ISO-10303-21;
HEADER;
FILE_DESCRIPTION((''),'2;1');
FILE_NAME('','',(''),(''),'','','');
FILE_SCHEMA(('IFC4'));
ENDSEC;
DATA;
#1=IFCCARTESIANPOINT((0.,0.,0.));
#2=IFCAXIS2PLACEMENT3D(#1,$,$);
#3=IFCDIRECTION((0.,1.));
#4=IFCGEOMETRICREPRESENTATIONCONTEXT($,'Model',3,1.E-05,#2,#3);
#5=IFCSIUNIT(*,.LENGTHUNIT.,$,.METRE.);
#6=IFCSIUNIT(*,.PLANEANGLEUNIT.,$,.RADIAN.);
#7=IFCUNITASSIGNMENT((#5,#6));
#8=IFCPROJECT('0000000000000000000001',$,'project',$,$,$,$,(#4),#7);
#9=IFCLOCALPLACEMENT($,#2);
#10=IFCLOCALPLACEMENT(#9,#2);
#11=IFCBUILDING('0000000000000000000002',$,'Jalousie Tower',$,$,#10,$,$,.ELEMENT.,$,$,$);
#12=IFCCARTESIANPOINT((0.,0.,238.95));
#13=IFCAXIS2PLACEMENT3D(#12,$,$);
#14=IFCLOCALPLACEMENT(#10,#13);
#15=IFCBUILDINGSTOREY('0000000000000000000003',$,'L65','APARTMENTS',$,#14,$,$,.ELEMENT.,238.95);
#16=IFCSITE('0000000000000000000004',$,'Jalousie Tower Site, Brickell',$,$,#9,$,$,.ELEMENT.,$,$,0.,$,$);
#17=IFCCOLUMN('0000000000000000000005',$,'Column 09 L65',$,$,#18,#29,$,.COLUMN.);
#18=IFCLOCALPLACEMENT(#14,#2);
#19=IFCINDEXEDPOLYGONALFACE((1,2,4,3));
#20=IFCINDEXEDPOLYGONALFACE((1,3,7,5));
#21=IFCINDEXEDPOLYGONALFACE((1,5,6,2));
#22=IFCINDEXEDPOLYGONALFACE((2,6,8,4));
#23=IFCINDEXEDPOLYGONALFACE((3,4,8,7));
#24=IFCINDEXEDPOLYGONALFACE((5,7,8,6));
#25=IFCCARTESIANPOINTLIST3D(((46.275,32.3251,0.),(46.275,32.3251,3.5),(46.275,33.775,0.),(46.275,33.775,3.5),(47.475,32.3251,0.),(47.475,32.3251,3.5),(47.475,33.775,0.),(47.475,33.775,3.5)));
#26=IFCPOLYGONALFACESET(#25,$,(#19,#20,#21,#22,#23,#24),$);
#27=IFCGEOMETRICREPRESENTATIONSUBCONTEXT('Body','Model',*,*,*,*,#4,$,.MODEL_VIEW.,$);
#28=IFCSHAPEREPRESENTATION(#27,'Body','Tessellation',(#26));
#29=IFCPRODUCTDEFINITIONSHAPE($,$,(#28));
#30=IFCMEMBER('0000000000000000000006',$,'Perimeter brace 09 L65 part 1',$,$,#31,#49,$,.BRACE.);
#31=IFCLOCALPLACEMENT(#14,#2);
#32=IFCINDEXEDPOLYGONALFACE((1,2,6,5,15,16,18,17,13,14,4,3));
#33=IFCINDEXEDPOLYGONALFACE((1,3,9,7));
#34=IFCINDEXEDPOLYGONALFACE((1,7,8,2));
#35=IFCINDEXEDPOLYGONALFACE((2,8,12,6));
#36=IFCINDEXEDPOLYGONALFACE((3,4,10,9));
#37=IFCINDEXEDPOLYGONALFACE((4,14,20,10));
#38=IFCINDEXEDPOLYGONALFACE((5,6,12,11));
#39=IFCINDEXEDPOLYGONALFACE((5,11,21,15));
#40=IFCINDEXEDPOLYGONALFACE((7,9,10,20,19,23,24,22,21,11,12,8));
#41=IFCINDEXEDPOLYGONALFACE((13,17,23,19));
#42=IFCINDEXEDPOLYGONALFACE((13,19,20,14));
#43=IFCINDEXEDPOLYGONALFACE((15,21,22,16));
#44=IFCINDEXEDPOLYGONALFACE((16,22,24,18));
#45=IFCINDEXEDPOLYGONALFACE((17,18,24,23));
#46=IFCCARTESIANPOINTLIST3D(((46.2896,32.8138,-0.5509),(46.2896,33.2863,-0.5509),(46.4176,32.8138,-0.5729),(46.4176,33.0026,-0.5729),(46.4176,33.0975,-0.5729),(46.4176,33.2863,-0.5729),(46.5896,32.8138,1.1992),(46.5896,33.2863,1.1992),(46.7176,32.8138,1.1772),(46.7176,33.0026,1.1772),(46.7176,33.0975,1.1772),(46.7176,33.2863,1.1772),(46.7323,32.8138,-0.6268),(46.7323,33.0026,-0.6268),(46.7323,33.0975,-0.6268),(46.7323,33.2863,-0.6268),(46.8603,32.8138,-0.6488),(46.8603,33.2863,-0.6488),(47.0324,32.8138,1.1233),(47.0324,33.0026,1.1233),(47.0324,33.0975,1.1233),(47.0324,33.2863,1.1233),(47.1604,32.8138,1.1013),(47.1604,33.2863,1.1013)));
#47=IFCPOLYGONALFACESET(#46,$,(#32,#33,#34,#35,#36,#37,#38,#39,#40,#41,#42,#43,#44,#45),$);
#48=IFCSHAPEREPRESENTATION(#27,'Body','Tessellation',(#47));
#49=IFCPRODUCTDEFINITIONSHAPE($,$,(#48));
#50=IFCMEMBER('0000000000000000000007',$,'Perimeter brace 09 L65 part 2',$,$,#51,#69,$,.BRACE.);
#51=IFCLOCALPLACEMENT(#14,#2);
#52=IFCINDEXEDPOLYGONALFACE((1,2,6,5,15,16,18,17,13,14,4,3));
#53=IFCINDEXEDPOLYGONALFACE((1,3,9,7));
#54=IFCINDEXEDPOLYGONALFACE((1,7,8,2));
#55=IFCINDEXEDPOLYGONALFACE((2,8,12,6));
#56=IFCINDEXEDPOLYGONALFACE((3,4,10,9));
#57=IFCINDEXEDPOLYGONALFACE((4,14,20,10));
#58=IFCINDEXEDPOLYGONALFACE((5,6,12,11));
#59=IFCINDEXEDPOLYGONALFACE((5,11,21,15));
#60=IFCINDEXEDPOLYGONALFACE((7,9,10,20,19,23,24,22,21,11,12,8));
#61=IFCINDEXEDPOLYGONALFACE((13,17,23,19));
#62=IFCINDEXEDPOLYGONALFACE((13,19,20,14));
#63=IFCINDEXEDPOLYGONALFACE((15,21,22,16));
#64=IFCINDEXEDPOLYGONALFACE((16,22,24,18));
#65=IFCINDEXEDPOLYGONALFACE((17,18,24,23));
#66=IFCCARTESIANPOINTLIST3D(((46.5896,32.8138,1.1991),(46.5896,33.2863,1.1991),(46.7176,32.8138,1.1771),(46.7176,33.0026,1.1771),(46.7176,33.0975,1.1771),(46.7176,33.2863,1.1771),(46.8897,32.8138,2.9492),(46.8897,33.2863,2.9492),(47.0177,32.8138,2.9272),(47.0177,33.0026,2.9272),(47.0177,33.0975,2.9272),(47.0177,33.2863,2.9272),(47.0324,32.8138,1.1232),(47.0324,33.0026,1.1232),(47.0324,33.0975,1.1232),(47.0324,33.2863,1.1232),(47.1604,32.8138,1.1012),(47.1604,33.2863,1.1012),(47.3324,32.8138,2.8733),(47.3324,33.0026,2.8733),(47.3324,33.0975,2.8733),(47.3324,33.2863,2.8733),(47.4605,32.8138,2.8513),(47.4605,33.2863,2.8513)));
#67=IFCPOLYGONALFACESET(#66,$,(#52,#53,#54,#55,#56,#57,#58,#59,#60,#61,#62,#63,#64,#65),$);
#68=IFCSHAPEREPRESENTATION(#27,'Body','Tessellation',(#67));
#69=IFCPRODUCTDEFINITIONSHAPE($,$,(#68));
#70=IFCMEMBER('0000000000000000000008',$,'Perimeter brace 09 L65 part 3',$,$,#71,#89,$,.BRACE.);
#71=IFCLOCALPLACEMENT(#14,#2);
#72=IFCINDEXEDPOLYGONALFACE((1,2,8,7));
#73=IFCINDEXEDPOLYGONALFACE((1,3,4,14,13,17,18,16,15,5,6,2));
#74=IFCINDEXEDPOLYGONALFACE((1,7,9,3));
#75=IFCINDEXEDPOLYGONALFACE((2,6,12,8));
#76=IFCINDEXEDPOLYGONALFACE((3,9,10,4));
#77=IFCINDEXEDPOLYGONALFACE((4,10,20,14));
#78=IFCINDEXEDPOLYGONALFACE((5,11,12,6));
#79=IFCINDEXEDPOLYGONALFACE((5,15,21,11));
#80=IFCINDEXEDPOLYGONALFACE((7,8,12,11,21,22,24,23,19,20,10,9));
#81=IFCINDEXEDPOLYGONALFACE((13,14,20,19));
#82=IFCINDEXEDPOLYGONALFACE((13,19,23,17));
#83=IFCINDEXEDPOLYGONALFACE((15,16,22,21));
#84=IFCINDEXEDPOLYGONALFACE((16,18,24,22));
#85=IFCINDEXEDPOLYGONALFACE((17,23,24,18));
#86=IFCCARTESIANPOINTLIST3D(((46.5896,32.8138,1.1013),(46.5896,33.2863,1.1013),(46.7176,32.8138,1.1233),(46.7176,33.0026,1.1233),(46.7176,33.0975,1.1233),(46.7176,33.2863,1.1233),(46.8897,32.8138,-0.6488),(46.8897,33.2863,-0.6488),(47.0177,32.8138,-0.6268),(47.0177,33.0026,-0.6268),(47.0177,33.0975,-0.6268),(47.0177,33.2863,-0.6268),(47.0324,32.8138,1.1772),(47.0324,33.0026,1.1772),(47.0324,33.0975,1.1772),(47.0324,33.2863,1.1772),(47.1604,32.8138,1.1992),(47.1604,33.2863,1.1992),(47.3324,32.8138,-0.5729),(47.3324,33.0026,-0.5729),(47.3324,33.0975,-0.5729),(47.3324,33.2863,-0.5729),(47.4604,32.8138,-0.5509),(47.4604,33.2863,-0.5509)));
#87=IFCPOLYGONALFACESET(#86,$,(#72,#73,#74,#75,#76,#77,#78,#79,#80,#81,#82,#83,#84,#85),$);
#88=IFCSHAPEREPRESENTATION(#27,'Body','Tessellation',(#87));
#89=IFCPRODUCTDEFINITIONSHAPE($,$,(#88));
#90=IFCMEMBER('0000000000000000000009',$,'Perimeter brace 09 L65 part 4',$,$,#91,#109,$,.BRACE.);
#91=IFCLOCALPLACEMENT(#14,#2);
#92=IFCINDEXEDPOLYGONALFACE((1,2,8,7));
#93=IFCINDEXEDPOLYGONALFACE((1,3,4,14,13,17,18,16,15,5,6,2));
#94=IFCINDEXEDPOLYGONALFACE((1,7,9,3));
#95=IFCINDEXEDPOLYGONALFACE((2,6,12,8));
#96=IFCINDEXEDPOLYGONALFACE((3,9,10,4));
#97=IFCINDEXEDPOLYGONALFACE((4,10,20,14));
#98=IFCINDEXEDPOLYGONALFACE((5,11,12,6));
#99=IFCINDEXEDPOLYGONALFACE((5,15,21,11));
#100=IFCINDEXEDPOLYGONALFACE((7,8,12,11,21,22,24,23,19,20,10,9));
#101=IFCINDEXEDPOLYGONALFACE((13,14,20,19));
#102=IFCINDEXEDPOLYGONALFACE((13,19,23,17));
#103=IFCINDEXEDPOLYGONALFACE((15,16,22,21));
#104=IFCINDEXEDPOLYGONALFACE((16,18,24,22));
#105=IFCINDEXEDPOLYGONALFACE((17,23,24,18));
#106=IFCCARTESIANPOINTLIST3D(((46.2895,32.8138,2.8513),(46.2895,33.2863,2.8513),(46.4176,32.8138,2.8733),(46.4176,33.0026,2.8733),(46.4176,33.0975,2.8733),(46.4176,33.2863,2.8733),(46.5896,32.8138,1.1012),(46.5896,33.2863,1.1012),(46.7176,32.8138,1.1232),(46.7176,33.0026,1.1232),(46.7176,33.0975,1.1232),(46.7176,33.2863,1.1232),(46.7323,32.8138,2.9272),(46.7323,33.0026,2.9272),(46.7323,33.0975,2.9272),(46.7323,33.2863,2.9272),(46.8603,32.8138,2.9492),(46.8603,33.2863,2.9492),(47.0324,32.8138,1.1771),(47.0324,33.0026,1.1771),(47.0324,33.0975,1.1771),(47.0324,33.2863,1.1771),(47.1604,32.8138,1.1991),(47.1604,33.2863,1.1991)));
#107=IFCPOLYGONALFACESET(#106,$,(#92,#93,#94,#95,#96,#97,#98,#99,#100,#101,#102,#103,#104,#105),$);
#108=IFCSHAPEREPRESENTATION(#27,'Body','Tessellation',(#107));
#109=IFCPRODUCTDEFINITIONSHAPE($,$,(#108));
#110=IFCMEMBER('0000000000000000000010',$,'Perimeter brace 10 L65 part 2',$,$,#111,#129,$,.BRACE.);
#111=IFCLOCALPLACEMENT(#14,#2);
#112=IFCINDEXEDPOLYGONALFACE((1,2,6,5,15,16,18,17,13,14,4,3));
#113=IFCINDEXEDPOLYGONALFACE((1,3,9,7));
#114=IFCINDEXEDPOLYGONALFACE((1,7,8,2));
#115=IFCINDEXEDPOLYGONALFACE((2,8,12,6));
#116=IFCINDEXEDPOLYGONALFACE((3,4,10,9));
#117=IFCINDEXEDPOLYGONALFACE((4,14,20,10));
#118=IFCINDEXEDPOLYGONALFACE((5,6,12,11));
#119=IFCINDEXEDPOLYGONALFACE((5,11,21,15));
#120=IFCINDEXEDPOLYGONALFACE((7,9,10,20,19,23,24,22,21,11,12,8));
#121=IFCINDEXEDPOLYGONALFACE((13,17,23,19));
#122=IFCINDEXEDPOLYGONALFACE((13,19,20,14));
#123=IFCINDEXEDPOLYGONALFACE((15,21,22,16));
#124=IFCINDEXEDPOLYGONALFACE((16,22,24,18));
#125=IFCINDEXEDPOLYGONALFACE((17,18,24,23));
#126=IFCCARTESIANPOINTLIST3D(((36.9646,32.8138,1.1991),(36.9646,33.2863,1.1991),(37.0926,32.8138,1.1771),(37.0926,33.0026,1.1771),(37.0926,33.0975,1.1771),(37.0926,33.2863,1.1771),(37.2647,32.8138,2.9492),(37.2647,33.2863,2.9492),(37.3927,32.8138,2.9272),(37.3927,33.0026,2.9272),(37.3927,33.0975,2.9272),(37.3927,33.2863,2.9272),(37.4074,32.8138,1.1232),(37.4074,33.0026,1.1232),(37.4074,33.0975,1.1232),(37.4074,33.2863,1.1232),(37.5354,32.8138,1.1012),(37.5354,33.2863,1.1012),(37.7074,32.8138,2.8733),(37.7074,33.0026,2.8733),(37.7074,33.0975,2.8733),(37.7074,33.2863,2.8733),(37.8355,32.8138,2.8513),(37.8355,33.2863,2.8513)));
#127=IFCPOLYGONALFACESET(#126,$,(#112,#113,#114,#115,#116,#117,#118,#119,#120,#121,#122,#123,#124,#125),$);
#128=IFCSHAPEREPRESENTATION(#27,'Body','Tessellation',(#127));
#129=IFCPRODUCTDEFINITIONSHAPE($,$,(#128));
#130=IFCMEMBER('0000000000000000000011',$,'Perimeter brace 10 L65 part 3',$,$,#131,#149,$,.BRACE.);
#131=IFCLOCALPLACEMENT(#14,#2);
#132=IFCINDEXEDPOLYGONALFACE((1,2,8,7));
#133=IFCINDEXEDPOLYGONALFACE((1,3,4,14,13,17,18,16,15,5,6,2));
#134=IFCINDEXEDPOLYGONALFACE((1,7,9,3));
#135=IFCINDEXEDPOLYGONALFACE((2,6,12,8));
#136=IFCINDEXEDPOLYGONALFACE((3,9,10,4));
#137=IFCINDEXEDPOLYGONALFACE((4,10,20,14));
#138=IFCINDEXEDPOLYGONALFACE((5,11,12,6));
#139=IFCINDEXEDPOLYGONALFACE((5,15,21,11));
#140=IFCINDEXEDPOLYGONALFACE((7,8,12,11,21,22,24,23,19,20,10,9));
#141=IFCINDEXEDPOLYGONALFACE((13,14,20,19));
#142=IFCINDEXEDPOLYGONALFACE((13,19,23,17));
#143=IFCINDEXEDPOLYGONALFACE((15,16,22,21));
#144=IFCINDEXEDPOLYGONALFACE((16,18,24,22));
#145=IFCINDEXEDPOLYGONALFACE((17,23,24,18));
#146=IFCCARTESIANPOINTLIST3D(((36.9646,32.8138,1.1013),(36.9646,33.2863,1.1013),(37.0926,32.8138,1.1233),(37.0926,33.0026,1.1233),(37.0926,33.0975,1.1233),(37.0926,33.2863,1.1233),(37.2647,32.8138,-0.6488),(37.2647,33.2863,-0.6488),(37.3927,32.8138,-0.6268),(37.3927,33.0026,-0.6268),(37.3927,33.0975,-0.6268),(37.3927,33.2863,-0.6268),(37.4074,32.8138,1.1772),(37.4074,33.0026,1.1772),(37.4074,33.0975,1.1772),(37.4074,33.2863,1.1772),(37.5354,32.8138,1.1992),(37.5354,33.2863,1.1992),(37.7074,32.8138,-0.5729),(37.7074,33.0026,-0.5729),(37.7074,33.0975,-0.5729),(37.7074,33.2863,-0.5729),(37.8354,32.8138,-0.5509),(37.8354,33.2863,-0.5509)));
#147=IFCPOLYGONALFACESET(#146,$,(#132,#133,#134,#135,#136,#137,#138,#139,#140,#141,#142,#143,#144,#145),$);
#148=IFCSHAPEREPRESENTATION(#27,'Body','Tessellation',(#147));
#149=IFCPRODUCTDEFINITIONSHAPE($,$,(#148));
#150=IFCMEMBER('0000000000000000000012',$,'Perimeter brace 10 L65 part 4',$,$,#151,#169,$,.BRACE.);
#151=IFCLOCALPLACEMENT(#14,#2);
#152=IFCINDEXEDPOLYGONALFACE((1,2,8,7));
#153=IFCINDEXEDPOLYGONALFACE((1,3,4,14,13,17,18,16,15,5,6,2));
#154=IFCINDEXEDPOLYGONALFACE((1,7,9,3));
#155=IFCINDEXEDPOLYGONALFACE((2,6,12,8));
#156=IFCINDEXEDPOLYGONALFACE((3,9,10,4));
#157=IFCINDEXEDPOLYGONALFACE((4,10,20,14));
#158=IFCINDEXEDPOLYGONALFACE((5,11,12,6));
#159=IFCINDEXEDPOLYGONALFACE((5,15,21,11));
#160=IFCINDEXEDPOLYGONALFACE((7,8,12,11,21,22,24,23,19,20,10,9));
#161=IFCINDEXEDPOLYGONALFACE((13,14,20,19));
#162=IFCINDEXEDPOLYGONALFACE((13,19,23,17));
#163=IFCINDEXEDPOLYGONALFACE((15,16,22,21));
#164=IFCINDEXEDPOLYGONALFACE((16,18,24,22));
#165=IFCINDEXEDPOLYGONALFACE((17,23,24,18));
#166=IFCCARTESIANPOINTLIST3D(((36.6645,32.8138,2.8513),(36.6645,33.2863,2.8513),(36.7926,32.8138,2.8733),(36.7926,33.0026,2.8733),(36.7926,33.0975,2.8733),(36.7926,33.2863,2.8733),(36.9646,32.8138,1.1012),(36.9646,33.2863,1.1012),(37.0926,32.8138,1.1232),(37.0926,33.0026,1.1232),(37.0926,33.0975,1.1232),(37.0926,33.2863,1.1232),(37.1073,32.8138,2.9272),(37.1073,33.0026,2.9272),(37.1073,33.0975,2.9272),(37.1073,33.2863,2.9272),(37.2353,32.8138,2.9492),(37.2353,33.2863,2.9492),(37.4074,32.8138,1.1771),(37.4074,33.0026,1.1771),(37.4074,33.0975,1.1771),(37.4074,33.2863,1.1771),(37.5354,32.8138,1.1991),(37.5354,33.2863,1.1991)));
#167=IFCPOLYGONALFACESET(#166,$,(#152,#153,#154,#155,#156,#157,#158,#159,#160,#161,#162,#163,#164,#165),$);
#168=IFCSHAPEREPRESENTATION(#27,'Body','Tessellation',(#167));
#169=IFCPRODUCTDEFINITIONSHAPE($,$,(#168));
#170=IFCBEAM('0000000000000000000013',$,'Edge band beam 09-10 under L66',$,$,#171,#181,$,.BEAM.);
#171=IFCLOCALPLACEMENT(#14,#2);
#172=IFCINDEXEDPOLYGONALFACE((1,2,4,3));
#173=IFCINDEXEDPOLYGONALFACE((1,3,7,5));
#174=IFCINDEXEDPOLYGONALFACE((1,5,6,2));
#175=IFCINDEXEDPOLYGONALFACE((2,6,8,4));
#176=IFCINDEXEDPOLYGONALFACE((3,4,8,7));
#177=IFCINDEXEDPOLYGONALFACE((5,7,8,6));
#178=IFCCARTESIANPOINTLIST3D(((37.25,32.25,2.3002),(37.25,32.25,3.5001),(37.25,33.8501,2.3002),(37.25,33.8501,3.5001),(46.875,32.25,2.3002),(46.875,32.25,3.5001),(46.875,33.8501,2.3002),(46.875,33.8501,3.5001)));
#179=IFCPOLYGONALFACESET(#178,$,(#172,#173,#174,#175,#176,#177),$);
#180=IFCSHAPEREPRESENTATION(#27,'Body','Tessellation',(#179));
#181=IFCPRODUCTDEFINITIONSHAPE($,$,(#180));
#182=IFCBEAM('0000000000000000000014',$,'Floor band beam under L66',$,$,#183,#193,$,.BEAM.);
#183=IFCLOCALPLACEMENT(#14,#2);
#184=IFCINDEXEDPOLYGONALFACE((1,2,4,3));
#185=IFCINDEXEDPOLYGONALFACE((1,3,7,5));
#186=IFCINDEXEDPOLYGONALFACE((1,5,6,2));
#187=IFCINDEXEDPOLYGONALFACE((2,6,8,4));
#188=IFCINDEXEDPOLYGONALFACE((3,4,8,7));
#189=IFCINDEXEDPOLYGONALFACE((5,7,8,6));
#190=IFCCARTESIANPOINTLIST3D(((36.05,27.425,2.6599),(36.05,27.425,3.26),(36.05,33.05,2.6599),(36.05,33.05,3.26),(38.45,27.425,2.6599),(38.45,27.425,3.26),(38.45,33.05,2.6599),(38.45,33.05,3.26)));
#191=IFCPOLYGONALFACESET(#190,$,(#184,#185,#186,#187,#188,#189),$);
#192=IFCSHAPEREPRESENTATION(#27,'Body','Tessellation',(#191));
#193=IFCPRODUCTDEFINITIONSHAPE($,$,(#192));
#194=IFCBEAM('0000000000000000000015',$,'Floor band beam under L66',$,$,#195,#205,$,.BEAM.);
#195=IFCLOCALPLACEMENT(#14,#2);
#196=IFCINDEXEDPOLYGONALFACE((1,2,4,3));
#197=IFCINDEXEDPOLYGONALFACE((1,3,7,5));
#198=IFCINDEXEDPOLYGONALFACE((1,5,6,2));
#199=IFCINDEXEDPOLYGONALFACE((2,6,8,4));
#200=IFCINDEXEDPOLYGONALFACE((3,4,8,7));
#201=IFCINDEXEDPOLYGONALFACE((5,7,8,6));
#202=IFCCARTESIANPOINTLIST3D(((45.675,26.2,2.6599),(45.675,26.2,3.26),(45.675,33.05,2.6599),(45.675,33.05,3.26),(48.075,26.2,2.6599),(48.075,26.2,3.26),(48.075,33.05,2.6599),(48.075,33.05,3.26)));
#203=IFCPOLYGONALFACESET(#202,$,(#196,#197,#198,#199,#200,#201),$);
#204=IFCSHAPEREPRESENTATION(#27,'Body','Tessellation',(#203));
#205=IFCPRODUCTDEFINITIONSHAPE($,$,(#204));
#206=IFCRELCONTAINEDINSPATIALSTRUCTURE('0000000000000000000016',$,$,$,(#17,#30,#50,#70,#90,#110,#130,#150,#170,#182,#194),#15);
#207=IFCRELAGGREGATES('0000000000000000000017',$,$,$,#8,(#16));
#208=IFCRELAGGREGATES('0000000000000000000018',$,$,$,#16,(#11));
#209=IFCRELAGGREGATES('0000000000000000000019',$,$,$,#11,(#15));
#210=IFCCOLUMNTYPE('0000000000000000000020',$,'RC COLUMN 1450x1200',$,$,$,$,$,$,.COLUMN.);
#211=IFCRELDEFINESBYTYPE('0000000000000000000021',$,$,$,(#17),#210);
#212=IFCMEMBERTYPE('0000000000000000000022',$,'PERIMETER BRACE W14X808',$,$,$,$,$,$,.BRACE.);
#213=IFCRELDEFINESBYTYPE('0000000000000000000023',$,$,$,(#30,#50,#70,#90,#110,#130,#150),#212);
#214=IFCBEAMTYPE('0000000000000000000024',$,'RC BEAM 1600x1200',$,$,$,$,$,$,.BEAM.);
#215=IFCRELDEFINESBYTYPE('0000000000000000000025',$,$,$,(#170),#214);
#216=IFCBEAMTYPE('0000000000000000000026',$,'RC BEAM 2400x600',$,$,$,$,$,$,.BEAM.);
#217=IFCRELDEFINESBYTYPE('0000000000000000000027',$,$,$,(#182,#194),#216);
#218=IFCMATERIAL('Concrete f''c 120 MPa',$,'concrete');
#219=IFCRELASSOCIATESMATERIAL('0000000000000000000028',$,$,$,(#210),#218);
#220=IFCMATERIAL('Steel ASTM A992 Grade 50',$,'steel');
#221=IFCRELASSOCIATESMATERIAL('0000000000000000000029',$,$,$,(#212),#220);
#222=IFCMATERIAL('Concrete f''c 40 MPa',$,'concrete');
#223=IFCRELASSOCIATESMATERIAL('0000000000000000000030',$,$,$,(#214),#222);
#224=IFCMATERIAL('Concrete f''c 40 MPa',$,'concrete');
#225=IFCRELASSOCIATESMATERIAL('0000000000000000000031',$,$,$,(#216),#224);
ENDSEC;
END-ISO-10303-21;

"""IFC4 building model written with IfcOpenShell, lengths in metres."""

from ifc_helpers import new_model, si_unit, direction, frame, origin, origin_2d, place, context, subcontext, project, spatial, rectangle, i_section, extrude, material, material_profile, profile_set, type_object, element, save


model = new_model("IFC4")

# Units and contexts
model_context = context("Model", 3, precision=1e-05, world=origin(), true_north=direction((0.0, 1.0)))
body_context = subcontext(model_context, "Body", "Model", "MODEL_VIEW")
ifc_project = project(units=[si_unit("LENGTHUNIT", "METRE"), si_unit("PLANEANGLEUNIT", "RADIAN")], contexts=[model_context])

# Site, building, storey
site_placement = place(None, origin())
site = spatial("IfcSite", under=ifc_project, at=site_placement, Name="Jalousie Tower Site, Brickell", CompositionType="ELEMENT", RefElevation=0.0)
building_placement = place(site_placement, origin())
building = spatial("IfcBuilding", under=site, at=building_placement, Name="Jalousie Tower", CompositionType="ELEMENT")
storey_placement = place(building_placement, frame((0.0, 0.0, 238.95)))
storey = spatial("IfcBuildingStorey", under=building, at=storey_placement, Name="L65", Description="APARTMENTS", CompositionType="ELEMENT", Elevation=238.95)

# Column
ifc_material_1 = material(Name="Concrete f'c 120 MPa", Category="concrete")
ifc_material_profile_1 = material_profile(ifc_material_1, rectangle(XDim=1.45, YDim=1.2, at=origin_2d()), Name="RC 1450x1200")
ifc_profile_set_1 = profile_set([ifc_material_profile_1], Name="Concrete f'c 120 MPa")
column_type = type_object("IfcColumnType", Name="RC COLUMN 1450x1200", PredefinedType="COLUMN", material=ifc_profile_set_1)
column_placement = place(storey_placement, frame((46.875, 33.05, 0.0), z_axis=(0.0, 0.0, 1.0), x_axis=(0.0, 1.0, 0.0)))
element("IfcColumn", 1, at=column_placement, inside=storey, type_object=column_type, Name="Column 09 L65", PredefinedType="COLUMN", context=body_context, shape_type="SweptSolid", body=[
    extrude(rectangle(XDim=1.45, YDim=1.2, at=origin_2d()), origin(), (0.0, 0.0, 1.0), 3.5),
])

# Members
ifc_material_2 = material(Name="Steel ASTM A992 Grade 50", Category="steel")
ifc_material_profile_2 = material_profile(ifc_material_2, i_section(OverallWidth=0.4724, OverallDepth=0.5791, WebThickness=0.095, FlangeThickness=0.1299, at=origin_2d()), Name="W14X808")
ifc_profile_set_2 = profile_set([ifc_material_profile_2], Name="Steel ASTM A992 Grade 50")
member_type_1 = type_object("IfcMemberType", Name="PERIMETER BRACE W14X808", PredefinedType="BRACE", material=ifc_profile_set_2)
for number, where, z_axis, x_axis, name in (
    (2, (46.575, 33.05, -0.5999), (0.168991, 0.0, 0.985618), (0.0, 1.0, 0.0), "Perimeter brace 09 L65 part 1"),
    (3, (46.875, 33.05, 1.1501), (0.168991, 0.0, 0.985618), (0.0, 1.0, 0.0), "Perimeter brace 09 L65 part 2"),
    (4, (47.175, 33.05, -0.5999), (-0.168991, 0.0, 0.985618), (0.0, -1.0, 0.0), "Perimeter brace 09 L65 part 3"),
    (5, (46.875, 33.05, 1.1501), (-0.168991, 0.0, 0.985618), (0.0, -1.0, 0.0), "Perimeter brace 09 L65 part 4"),
    (6, (37.25, 33.05, 1.1501), (0.168991, 0.0, 0.985618), (0.0, 1.0, 0.0), "Perimeter brace 10 L65 part 2"),
    (7, (37.55, 33.05, -0.5999), (-0.168991, 0.0, 0.985618), (0.0, -1.0, 0.0), "Perimeter brace 10 L65 part 3"),
    (8, (37.25, 33.05, 1.1501), (-0.168991, 0.0, 0.985618), (0.0, -1.0, 0.0), "Perimeter brace 10 L65 part 4"),
):
    element("IfcMember", number, at=place(storey_placement, frame(where, z_axis=z_axis, x_axis=x_axis)), inside=storey, type_object=member_type_1, Name=name, PredefinedType="BRACE", context=body_context, shape_type="SweptSolid", body=[
        extrude(i_section(OverallWidth=0.4724, OverallDepth=0.5791, WebThickness=0.095, FlangeThickness=0.1299, at=origin_2d()), origin(), (0.0, 0.0, 1.0), 1.7756),
    ])

# Beams
ifc_material_3 = material(Name="Concrete f'c 40 MPa", Category="concrete")
ifc_material_profile_3 = material_profile(ifc_material_3, rectangle(XDim=1.6001, YDim=1.2, at=origin_2d()), Name="RC 1600x1200")
ifc_profile_set_3 = profile_set([ifc_material_profile_3], Name="Concrete f'c 40 MPa")
beam_type_1 = type_object("IfcBeamType", Name="RC BEAM 1600x1200", PredefinedType="BEAM", material=ifc_profile_set_3)
beam_1_placement = place(storey_placement, frame((46.875, 33.05, 2.9001), z_axis=(-1.0, 0.0, 0.0), x_axis=(0.0, -1.0, 0.0)))
element("IfcBeam", 9, at=beam_1_placement, inside=storey, type_object=beam_type_1, Name="Edge band beam 09-10 under L66", PredefinedType="BEAM", context=body_context, shape_type="SweptSolid", body=[
    extrude(rectangle(XDim=1.6001, YDim=1.2, at=origin_2d()), origin(), (0.0, 0.0, 1.0), 9.625),
])
ifc_material_4 = material(Name="Concrete f'c 40 MPa", Category="concrete")
ifc_material_profile_4 = material_profile(ifc_material_4, rectangle(XDim=2.3999, YDim=0.6001, at=origin_2d()), Name="RC 2400x600")
ifc_profile_set_4 = profile_set([ifc_material_profile_4], Name="Concrete f'c 40 MPa")
beam_type_2 = type_object("IfcBeamType", Name="RC BEAM 2400x600", PredefinedType="BEAM", material=ifc_profile_set_4)
beam_2_placement = place(storey_placement, frame((37.25, 33.05, 2.96), z_axis=(0.0, -1.0, 0.0), x_axis=(1.0, 0.0, 0.0)))
element("IfcBeam", 10, at=beam_2_placement, inside=storey, type_object=beam_type_2, Name="Floor band beam under L66", PredefinedType="BEAM", context=body_context, shape_type="SweptSolid", body=[
    extrude(rectangle(XDim=2.3999, YDim=0.6001, at=origin_2d()), origin(), (0.0, 0.0, 1.0), 5.625),
])
beam_3_placement = place(storey_placement, frame((46.875, 33.05, 2.96), z_axis=(0.0, -1.0, 0.0), x_axis=(1.0, 0.0, 0.0)))
element("IfcBeam", 11, at=beam_3_placement, inside=storey, type_object=beam_type_2, Name="Floor band beam under L66", PredefinedType="BEAM", context=body_context, shape_type="SweptSolid", body=[
    extrude(rectangle(XDim=2.3999, YDim=0.6001, at=origin_2d()), origin(), (0.0, 0.0, 1.0), 6.8501),
])

save(model, "model.ifc")
